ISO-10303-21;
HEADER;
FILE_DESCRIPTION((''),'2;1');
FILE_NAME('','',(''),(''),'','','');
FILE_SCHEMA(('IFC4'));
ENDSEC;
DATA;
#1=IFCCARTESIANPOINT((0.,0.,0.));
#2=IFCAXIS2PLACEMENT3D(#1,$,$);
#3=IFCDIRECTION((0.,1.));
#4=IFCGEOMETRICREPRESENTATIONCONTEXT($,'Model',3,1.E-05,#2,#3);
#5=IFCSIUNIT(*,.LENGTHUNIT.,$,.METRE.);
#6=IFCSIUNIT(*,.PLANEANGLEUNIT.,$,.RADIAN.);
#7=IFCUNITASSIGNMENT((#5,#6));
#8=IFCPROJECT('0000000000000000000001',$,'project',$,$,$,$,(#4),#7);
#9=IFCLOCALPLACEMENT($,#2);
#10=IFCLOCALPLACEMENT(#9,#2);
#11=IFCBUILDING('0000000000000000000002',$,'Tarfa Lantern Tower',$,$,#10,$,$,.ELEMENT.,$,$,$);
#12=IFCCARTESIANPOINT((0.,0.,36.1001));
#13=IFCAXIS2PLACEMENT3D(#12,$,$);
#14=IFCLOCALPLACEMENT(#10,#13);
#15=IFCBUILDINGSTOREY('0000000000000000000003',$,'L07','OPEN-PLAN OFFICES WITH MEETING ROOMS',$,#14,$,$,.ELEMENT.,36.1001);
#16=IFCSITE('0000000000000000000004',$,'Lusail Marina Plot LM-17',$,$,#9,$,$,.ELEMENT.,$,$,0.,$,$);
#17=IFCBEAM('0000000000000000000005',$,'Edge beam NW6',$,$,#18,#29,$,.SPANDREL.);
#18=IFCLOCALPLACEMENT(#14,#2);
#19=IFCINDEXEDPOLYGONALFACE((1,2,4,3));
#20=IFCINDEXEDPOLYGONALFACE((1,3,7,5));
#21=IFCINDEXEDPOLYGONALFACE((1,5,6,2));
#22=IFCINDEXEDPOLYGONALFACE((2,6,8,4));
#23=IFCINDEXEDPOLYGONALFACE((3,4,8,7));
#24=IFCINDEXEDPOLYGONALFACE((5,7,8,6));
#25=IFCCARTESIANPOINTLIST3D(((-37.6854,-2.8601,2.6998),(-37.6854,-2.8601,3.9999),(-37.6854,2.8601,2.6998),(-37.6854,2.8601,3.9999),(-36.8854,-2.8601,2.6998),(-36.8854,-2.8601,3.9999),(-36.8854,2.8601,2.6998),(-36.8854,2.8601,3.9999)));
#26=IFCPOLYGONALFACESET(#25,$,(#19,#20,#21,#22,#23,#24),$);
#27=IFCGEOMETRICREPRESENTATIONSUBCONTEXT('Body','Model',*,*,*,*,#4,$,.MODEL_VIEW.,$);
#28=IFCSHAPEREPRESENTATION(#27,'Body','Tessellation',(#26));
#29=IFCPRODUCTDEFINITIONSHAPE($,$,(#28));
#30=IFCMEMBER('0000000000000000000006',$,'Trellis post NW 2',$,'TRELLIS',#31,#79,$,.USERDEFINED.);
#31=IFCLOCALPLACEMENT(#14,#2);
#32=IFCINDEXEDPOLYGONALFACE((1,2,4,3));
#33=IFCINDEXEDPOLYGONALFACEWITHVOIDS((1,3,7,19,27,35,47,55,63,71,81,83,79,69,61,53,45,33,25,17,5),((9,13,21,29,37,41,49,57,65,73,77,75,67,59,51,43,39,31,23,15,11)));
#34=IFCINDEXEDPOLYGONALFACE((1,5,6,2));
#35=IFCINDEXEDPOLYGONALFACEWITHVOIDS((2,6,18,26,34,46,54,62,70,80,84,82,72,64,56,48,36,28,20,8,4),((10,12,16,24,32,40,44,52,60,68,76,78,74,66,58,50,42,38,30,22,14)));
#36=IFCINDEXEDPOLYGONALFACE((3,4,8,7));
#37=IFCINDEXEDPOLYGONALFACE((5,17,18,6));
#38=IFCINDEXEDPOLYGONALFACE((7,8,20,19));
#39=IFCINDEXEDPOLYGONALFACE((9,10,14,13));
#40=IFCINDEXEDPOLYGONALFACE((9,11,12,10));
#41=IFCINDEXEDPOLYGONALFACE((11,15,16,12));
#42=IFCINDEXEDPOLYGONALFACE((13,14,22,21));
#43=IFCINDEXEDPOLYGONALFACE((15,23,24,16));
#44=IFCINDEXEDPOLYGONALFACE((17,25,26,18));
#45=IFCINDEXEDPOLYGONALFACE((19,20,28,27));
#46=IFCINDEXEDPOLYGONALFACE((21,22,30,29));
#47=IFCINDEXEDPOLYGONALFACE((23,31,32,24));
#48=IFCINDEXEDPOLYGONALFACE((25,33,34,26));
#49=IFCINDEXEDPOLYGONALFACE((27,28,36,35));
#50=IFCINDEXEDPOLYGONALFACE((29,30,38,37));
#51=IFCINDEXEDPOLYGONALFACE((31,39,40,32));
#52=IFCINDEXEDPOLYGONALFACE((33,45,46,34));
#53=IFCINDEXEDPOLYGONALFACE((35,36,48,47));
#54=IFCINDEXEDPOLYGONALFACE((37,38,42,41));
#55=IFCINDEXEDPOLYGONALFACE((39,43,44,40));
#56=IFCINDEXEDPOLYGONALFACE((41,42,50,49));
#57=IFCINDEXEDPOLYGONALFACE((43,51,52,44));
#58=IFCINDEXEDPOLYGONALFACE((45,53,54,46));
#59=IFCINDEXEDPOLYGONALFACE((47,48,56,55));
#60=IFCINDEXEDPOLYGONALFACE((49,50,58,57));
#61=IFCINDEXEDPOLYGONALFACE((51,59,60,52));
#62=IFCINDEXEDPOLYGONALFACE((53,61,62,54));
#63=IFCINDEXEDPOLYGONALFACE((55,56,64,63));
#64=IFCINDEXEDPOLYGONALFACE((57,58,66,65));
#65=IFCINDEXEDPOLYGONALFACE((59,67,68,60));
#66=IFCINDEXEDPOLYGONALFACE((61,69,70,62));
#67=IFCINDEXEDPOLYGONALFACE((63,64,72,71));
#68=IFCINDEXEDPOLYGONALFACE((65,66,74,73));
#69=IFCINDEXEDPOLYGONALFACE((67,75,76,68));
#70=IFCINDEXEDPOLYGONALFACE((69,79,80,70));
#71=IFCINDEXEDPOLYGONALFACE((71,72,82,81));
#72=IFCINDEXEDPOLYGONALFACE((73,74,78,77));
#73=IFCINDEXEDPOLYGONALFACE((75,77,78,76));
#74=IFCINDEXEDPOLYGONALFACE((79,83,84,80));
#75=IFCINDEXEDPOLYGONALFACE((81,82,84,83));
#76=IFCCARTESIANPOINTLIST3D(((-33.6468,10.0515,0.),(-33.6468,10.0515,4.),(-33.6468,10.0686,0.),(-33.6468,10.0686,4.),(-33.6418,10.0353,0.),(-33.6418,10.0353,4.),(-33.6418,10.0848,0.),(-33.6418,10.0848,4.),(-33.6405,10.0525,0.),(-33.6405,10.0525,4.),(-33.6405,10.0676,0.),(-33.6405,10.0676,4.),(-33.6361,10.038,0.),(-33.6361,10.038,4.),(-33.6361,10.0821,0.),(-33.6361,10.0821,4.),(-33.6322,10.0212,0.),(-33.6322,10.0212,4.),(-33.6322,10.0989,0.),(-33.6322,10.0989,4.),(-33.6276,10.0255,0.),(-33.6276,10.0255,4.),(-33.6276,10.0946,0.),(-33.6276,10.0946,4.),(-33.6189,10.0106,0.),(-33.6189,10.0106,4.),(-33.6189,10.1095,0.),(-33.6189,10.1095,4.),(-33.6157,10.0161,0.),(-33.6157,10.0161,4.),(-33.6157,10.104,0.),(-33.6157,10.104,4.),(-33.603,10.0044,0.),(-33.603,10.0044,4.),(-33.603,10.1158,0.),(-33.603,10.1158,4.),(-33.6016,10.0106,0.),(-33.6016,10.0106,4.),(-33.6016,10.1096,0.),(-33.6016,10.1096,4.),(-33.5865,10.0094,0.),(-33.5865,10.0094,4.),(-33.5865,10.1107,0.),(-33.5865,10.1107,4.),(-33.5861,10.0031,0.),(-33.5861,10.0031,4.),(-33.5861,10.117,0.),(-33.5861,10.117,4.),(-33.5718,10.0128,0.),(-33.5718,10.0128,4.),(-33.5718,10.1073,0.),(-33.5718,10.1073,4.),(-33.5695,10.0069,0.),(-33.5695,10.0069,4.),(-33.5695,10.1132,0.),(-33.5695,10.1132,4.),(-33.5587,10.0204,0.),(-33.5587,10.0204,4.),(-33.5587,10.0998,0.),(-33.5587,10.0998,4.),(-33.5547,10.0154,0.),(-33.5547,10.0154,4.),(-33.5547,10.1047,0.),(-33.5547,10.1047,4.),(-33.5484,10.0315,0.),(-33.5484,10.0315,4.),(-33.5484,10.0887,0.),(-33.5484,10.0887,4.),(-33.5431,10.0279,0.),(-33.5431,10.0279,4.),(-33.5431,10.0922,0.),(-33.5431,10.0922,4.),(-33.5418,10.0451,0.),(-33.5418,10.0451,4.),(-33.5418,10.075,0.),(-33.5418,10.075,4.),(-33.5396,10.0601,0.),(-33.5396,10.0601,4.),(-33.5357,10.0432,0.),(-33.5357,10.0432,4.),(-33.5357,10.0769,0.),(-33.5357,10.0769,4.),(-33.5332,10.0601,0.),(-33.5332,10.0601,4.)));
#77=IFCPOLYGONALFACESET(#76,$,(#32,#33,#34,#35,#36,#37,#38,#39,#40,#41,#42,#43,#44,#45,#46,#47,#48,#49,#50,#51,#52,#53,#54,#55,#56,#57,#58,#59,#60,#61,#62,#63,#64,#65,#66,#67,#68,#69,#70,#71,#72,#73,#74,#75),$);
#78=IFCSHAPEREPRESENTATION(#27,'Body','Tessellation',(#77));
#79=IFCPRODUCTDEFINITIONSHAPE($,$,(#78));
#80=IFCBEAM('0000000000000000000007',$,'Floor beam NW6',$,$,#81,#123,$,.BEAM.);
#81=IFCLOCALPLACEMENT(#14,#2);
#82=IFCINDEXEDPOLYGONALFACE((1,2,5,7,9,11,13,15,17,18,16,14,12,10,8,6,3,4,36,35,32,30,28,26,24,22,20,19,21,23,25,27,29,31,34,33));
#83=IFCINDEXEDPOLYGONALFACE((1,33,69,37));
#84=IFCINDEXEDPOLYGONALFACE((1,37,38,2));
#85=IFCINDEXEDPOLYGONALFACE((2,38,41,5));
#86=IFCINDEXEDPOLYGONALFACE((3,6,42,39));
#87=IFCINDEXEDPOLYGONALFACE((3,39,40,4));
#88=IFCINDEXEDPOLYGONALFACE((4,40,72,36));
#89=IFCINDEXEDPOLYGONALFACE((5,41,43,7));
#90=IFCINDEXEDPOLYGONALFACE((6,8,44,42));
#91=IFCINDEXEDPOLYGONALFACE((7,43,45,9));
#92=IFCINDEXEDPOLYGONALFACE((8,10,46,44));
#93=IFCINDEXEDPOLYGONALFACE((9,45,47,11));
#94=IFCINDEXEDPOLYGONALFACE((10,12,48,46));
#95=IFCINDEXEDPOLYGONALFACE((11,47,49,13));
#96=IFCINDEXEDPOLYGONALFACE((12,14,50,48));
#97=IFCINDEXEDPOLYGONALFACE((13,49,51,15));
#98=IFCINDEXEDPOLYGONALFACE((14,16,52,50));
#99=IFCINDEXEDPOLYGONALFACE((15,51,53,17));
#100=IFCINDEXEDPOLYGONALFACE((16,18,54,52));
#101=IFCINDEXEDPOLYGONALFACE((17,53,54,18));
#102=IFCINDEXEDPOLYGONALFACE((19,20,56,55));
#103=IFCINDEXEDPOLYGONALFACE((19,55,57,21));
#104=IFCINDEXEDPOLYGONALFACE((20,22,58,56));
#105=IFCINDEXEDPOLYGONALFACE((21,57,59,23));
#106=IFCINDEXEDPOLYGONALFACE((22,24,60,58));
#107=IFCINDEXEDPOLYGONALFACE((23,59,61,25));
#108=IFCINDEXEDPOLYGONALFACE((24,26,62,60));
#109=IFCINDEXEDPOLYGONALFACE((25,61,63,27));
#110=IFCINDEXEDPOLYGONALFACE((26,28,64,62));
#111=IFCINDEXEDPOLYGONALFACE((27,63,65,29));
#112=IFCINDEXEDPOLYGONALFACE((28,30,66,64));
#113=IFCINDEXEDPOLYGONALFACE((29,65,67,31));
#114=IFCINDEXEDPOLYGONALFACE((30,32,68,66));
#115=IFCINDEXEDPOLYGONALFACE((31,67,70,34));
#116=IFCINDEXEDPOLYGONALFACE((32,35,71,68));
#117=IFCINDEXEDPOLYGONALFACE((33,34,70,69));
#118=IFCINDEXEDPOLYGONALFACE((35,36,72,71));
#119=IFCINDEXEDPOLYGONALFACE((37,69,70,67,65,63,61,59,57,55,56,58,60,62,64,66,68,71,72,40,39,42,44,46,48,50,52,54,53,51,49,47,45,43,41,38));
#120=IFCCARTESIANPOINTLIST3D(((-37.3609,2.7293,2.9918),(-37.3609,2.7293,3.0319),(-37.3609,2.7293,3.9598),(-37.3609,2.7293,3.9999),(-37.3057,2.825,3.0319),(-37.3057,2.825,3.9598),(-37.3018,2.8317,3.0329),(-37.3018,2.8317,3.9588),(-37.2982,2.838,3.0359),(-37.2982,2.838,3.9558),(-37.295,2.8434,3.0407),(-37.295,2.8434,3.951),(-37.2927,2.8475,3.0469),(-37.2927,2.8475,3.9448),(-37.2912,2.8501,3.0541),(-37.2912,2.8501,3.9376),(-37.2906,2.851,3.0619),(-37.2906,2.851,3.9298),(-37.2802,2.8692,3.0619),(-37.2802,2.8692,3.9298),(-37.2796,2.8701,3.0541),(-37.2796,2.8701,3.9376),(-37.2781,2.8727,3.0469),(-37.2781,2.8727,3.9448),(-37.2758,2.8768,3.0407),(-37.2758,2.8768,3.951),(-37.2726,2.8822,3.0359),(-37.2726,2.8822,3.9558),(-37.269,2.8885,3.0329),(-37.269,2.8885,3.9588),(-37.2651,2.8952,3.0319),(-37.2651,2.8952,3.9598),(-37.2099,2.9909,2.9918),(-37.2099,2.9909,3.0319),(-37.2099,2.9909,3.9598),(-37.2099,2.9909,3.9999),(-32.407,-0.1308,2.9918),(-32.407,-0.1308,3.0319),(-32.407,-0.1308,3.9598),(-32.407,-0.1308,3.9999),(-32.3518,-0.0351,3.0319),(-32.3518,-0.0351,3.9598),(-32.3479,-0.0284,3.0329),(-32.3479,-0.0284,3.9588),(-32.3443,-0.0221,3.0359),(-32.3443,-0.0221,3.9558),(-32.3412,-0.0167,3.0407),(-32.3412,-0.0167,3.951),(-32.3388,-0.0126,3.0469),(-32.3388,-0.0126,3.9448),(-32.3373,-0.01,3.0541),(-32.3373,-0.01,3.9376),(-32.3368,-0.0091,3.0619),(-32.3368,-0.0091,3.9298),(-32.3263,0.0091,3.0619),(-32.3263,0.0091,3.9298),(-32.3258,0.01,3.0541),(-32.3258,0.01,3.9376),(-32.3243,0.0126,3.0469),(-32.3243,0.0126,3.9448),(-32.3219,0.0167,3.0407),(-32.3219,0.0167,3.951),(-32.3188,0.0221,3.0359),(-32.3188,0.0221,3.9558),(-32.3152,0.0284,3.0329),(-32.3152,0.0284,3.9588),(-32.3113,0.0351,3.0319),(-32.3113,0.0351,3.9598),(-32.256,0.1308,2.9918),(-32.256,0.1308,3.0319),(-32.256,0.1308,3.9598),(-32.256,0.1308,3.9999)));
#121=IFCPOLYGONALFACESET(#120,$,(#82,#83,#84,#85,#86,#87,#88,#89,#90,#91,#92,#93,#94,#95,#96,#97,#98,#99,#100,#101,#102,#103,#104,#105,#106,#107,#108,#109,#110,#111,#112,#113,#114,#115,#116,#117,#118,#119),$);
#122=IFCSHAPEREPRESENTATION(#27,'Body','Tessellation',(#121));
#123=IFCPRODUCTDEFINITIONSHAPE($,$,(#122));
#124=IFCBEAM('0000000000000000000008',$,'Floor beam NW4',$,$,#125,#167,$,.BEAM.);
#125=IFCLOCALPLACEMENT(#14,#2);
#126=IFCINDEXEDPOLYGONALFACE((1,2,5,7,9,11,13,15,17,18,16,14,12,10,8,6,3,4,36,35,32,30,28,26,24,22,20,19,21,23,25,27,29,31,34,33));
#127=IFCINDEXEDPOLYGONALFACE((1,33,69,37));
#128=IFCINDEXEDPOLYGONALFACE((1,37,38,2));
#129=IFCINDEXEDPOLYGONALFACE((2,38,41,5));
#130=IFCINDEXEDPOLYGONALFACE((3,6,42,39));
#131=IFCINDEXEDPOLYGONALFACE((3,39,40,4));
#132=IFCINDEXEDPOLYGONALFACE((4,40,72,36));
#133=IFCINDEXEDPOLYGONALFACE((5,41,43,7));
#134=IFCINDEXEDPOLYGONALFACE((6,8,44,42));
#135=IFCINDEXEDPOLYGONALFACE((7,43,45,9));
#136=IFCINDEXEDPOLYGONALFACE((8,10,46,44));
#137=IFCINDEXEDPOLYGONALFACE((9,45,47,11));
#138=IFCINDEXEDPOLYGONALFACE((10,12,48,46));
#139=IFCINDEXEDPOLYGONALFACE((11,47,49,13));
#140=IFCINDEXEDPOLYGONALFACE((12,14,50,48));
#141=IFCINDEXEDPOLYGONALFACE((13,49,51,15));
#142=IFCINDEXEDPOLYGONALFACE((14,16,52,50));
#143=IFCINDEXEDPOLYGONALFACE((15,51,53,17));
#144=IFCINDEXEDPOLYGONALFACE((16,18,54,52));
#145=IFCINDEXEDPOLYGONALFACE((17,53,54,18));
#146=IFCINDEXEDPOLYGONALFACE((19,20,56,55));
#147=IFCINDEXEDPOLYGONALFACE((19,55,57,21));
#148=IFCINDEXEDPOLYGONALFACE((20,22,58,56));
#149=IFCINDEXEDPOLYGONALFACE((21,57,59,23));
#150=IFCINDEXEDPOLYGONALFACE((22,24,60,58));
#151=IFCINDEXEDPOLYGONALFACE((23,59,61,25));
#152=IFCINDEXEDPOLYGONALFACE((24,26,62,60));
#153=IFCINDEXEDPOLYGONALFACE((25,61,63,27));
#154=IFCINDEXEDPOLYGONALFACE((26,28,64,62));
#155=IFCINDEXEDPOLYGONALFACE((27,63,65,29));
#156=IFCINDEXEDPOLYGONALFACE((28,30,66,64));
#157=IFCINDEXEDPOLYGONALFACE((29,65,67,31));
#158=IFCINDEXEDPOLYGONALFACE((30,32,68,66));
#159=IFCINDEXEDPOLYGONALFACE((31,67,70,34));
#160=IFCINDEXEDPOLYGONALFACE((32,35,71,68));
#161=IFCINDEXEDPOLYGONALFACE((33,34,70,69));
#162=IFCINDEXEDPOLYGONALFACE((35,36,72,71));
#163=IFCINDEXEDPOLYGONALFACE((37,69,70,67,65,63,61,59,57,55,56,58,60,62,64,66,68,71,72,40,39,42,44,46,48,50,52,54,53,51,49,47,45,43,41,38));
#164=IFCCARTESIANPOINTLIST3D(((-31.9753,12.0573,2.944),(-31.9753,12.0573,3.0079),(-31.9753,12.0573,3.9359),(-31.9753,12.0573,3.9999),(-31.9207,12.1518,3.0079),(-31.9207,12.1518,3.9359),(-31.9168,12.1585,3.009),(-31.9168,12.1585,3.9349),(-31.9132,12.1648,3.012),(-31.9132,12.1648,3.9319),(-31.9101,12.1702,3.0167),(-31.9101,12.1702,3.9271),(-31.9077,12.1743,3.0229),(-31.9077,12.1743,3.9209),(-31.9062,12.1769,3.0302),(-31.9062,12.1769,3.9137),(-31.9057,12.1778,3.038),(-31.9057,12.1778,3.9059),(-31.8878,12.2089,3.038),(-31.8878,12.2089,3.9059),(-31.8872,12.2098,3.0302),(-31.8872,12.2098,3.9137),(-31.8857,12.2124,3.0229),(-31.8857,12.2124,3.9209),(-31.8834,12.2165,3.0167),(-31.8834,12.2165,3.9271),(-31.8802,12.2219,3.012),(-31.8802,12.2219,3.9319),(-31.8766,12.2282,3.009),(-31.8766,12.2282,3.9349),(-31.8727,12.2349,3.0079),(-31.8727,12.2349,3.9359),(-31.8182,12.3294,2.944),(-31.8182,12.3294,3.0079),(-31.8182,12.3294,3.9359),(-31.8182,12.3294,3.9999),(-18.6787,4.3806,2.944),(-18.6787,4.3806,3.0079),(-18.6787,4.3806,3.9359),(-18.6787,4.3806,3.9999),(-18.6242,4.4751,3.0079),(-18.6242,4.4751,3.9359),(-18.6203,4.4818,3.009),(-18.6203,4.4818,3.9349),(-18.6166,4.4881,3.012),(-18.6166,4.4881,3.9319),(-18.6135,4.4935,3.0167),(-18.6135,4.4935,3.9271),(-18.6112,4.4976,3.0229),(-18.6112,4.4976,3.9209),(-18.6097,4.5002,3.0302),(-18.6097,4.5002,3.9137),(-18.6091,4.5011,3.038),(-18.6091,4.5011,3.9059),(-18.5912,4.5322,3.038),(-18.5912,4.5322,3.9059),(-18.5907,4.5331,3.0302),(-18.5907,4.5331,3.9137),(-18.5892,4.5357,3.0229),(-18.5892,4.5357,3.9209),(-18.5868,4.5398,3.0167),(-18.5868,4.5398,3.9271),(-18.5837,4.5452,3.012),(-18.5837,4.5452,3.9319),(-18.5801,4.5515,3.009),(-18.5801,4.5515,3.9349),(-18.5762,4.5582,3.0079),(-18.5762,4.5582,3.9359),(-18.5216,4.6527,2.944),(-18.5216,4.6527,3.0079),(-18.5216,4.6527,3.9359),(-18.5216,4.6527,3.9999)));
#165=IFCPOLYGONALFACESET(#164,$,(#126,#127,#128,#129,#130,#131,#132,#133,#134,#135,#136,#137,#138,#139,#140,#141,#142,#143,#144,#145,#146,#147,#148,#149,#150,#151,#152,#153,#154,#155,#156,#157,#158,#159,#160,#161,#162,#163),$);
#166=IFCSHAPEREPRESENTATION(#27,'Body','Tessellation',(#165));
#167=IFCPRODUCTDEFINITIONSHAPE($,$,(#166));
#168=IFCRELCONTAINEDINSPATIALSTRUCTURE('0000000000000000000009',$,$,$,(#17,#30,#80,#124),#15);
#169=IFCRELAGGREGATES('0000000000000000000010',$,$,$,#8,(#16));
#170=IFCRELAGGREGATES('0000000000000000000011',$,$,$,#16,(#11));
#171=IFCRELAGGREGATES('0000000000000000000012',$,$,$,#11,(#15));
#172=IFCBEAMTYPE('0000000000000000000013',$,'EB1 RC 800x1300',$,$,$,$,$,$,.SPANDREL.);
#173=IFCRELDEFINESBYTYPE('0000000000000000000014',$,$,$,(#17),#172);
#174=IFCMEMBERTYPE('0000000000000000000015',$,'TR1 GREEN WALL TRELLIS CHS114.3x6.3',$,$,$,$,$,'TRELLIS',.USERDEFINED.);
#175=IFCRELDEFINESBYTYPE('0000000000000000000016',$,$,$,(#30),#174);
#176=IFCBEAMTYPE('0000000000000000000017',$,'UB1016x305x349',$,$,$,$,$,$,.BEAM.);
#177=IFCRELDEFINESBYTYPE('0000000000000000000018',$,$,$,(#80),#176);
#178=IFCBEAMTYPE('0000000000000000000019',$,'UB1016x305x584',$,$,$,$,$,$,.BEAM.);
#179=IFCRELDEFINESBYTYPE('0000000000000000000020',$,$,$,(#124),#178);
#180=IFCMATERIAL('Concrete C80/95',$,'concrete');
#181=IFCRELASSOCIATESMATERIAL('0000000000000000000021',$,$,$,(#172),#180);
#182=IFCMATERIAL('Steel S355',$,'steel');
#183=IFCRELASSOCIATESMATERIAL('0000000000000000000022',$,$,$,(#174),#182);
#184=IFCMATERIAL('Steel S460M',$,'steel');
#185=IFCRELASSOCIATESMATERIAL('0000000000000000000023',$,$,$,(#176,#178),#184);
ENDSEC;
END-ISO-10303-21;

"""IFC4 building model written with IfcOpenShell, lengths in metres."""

from ifc_helpers import new_model, si_unit, direction, frame, origin, origin_2d, place, context, subcontext, project, spatial, rectangle, hollow_circle, i_section, extrude, material, material_profile, profile_set, type_object, element, save


model = new_model("IFC4")

# Units and contexts
model_context = context("Model", 3, precision=1e-05, world=origin(), true_north=direction((0.0, 1.0)))
body_context = subcontext(model_context, "Body", "Model", "MODEL_VIEW")
ifc_project = project(units=[si_unit("LENGTHUNIT", "METRE"), si_unit("PLANEANGLEUNIT", "RADIAN")], contexts=[model_context])

# Site, building, storey
site_placement = place(None, origin())
site = spatial("IfcSite", under=ifc_project, at=site_placement, Name="Lusail Marina Plot LM-17", CompositionType="ELEMENT", RefElevation=0.0)
building_placement = place(site_placement, origin())
building = spatial("IfcBuilding", under=site, at=building_placement, Name="Tarfa Lantern Tower", CompositionType="ELEMENT")
storey_placement = place(building_placement, frame((0.0, 0.0, 36.1001)))
storey = spatial("IfcBuildingStorey", under=building, at=storey_placement, Name="L07", Description="OPEN-PLAN OFFICES WITH MEETING ROOMS", CompositionType="ELEMENT", Elevation=36.1001)

# Shared definitions
ifc_material_1 = material(Name="Concrete C80/95", Category="concrete")

# Beam
ifc_material_profile_1 = material_profile(ifc_material_1, rectangle(XDim=0.8, YDim=1.3, at=origin_2d()), Name="RC 800x1300")
ifc_profile_set_1 = profile_set([ifc_material_profile_1], Name="Concrete C80/95")
beam_type_1 = type_object("IfcBeamType", Name="EB1 RC 800x1300", PredefinedType="SPANDREL", material=ifc_profile_set_1)
beam_1_placement = place(storey_placement, frame((-37.2854, 2.8601, 3.3499), z_axis=(0.0, -1.0, 0.0), x_axis=(1.0, 0.0, 0.0)))
element("IfcBeam", 1, at=beam_1_placement, inside=storey, type_object=beam_type_1, Name="Edge beam NW6", PredefinedType="SPANDREL", context=body_context, shape_type="SweptSolid", body=[
    extrude(rectangle(XDim=0.8, YDim=1.3, at=origin_2d()), origin(), (0.0, 0.0, 1.0), 5.7202),
])

# Member
ifc_material_2 = material(Name="Steel S355", Category="steel")
ifc_material_profile_2 = material_profile(ifc_material_2, hollow_circle(Radius=0.0571, WallThickness=0.0063, at=origin_2d()), Name="CHS114.3x6.3")
ifc_profile_set_2 = profile_set([ifc_material_profile_2], Name="Steel S355")
member_type_1 = type_object("IfcMemberType", Name="TR1 GREEN WALL TRELLIS CHS114.3x6.3", ElementType="TRELLIS", PredefinedType="USERDEFINED", material=ifc_profile_set_2)
member_1_placement = place(storey_placement, frame((-33.5903, 10.0601, 0.0), z_axis=(0.0, 0.0, 1.0), x_axis=(1.0, 0.0, 0.0)))
element("IfcMember", 2, at=member_1_placement, inside=storey, type_object=member_type_1, Name="Trellis post NW 2", ObjectType="TRELLIS", PredefinedType="USERDEFINED", context=body_context, shape_type="SweptSolid", body=[
    extrude(hollow_circle(Radius=0.0571, WallThickness=0.0063, at=origin_2d()), origin(), (0.0, 0.0, 1.0), 4.0),
])

# Beams
ifc_material_3 = material(Name="Steel S460M", Category="steel")
ifc_material_profile_3 = material_profile(ifc_material_3, i_section(OverallWidth=0.302, OverallDepth=1.0081, WebThickness=0.021, FlangeThickness=0.04, FilletRadius=0.03, at=origin_2d()), Name="UB1016x305x349")
ifc_profile_set_3 = profile_set([ifc_material_profile_3], Name="Steel S460M")
beam_type_2 = type_object("IfcBeamType", Name="UB1016x305x349", PredefinedType="BEAM", material=ifc_profile_set_3)
beam_2_placement = place(storey_placement, frame((-37.2854, 2.8601, 3.4958), z_axis=(0.866026, -0.5, 0.0), x_axis=(0.5, 0.866026, 0.0)))
element("IfcBeam", 3, at=beam_2_placement, inside=storey, type_object=beam_type_2, Name="Floor beam NW6", PredefinedType="BEAM", context=body_context, shape_type="SweptSolid", body=[
    extrude(i_section(OverallWidth=0.302, OverallDepth=1.0081, WebThickness=0.021, FlangeThickness=0.04, FilletRadius=0.03, at=origin_2d()), origin(), (0.0, 0.0, 1.0), 5.7202),
])
ifc_material_profile_4 = material_profile(ifc_material_3, i_section(OverallWidth=0.3142, OverallDepth=1.0559, WebThickness=0.0359, FlangeThickness=0.064, FilletRadius=0.03, at=origin_2d()), Name="UB1016x305x584")
ifc_profile_set_4 = profile_set([ifc_material_profile_4], Name="Steel S460M")
beam_type_3 = type_object("IfcBeamType", Name="UB1016x305x584", PredefinedType="BEAM", material=ifc_profile_set_4)
beam_3_placement = place(storey_placement, frame((-31.8967, 12.1934, 3.4719), z_axis=(0.866027, -0.499997, 0.0), x_axis=(0.499997, 0.866027, 0.0)))
element("IfcBeam", 4, at=beam_3_placement, inside=storey, type_object=beam_type_3, Name="Floor beam NW4", PredefinedType="BEAM", context=body_context, shape_type="SweptSolid", body=[
    extrude(i_section(OverallWidth=0.3142, OverallDepth=1.0559, WebThickness=0.0359, FlangeThickness=0.064, FilletRadius=0.03, at=origin_2d()), origin(), (0.0, 0.0, 1.0), 15.3535),
])

save(model, "model.ifc")
